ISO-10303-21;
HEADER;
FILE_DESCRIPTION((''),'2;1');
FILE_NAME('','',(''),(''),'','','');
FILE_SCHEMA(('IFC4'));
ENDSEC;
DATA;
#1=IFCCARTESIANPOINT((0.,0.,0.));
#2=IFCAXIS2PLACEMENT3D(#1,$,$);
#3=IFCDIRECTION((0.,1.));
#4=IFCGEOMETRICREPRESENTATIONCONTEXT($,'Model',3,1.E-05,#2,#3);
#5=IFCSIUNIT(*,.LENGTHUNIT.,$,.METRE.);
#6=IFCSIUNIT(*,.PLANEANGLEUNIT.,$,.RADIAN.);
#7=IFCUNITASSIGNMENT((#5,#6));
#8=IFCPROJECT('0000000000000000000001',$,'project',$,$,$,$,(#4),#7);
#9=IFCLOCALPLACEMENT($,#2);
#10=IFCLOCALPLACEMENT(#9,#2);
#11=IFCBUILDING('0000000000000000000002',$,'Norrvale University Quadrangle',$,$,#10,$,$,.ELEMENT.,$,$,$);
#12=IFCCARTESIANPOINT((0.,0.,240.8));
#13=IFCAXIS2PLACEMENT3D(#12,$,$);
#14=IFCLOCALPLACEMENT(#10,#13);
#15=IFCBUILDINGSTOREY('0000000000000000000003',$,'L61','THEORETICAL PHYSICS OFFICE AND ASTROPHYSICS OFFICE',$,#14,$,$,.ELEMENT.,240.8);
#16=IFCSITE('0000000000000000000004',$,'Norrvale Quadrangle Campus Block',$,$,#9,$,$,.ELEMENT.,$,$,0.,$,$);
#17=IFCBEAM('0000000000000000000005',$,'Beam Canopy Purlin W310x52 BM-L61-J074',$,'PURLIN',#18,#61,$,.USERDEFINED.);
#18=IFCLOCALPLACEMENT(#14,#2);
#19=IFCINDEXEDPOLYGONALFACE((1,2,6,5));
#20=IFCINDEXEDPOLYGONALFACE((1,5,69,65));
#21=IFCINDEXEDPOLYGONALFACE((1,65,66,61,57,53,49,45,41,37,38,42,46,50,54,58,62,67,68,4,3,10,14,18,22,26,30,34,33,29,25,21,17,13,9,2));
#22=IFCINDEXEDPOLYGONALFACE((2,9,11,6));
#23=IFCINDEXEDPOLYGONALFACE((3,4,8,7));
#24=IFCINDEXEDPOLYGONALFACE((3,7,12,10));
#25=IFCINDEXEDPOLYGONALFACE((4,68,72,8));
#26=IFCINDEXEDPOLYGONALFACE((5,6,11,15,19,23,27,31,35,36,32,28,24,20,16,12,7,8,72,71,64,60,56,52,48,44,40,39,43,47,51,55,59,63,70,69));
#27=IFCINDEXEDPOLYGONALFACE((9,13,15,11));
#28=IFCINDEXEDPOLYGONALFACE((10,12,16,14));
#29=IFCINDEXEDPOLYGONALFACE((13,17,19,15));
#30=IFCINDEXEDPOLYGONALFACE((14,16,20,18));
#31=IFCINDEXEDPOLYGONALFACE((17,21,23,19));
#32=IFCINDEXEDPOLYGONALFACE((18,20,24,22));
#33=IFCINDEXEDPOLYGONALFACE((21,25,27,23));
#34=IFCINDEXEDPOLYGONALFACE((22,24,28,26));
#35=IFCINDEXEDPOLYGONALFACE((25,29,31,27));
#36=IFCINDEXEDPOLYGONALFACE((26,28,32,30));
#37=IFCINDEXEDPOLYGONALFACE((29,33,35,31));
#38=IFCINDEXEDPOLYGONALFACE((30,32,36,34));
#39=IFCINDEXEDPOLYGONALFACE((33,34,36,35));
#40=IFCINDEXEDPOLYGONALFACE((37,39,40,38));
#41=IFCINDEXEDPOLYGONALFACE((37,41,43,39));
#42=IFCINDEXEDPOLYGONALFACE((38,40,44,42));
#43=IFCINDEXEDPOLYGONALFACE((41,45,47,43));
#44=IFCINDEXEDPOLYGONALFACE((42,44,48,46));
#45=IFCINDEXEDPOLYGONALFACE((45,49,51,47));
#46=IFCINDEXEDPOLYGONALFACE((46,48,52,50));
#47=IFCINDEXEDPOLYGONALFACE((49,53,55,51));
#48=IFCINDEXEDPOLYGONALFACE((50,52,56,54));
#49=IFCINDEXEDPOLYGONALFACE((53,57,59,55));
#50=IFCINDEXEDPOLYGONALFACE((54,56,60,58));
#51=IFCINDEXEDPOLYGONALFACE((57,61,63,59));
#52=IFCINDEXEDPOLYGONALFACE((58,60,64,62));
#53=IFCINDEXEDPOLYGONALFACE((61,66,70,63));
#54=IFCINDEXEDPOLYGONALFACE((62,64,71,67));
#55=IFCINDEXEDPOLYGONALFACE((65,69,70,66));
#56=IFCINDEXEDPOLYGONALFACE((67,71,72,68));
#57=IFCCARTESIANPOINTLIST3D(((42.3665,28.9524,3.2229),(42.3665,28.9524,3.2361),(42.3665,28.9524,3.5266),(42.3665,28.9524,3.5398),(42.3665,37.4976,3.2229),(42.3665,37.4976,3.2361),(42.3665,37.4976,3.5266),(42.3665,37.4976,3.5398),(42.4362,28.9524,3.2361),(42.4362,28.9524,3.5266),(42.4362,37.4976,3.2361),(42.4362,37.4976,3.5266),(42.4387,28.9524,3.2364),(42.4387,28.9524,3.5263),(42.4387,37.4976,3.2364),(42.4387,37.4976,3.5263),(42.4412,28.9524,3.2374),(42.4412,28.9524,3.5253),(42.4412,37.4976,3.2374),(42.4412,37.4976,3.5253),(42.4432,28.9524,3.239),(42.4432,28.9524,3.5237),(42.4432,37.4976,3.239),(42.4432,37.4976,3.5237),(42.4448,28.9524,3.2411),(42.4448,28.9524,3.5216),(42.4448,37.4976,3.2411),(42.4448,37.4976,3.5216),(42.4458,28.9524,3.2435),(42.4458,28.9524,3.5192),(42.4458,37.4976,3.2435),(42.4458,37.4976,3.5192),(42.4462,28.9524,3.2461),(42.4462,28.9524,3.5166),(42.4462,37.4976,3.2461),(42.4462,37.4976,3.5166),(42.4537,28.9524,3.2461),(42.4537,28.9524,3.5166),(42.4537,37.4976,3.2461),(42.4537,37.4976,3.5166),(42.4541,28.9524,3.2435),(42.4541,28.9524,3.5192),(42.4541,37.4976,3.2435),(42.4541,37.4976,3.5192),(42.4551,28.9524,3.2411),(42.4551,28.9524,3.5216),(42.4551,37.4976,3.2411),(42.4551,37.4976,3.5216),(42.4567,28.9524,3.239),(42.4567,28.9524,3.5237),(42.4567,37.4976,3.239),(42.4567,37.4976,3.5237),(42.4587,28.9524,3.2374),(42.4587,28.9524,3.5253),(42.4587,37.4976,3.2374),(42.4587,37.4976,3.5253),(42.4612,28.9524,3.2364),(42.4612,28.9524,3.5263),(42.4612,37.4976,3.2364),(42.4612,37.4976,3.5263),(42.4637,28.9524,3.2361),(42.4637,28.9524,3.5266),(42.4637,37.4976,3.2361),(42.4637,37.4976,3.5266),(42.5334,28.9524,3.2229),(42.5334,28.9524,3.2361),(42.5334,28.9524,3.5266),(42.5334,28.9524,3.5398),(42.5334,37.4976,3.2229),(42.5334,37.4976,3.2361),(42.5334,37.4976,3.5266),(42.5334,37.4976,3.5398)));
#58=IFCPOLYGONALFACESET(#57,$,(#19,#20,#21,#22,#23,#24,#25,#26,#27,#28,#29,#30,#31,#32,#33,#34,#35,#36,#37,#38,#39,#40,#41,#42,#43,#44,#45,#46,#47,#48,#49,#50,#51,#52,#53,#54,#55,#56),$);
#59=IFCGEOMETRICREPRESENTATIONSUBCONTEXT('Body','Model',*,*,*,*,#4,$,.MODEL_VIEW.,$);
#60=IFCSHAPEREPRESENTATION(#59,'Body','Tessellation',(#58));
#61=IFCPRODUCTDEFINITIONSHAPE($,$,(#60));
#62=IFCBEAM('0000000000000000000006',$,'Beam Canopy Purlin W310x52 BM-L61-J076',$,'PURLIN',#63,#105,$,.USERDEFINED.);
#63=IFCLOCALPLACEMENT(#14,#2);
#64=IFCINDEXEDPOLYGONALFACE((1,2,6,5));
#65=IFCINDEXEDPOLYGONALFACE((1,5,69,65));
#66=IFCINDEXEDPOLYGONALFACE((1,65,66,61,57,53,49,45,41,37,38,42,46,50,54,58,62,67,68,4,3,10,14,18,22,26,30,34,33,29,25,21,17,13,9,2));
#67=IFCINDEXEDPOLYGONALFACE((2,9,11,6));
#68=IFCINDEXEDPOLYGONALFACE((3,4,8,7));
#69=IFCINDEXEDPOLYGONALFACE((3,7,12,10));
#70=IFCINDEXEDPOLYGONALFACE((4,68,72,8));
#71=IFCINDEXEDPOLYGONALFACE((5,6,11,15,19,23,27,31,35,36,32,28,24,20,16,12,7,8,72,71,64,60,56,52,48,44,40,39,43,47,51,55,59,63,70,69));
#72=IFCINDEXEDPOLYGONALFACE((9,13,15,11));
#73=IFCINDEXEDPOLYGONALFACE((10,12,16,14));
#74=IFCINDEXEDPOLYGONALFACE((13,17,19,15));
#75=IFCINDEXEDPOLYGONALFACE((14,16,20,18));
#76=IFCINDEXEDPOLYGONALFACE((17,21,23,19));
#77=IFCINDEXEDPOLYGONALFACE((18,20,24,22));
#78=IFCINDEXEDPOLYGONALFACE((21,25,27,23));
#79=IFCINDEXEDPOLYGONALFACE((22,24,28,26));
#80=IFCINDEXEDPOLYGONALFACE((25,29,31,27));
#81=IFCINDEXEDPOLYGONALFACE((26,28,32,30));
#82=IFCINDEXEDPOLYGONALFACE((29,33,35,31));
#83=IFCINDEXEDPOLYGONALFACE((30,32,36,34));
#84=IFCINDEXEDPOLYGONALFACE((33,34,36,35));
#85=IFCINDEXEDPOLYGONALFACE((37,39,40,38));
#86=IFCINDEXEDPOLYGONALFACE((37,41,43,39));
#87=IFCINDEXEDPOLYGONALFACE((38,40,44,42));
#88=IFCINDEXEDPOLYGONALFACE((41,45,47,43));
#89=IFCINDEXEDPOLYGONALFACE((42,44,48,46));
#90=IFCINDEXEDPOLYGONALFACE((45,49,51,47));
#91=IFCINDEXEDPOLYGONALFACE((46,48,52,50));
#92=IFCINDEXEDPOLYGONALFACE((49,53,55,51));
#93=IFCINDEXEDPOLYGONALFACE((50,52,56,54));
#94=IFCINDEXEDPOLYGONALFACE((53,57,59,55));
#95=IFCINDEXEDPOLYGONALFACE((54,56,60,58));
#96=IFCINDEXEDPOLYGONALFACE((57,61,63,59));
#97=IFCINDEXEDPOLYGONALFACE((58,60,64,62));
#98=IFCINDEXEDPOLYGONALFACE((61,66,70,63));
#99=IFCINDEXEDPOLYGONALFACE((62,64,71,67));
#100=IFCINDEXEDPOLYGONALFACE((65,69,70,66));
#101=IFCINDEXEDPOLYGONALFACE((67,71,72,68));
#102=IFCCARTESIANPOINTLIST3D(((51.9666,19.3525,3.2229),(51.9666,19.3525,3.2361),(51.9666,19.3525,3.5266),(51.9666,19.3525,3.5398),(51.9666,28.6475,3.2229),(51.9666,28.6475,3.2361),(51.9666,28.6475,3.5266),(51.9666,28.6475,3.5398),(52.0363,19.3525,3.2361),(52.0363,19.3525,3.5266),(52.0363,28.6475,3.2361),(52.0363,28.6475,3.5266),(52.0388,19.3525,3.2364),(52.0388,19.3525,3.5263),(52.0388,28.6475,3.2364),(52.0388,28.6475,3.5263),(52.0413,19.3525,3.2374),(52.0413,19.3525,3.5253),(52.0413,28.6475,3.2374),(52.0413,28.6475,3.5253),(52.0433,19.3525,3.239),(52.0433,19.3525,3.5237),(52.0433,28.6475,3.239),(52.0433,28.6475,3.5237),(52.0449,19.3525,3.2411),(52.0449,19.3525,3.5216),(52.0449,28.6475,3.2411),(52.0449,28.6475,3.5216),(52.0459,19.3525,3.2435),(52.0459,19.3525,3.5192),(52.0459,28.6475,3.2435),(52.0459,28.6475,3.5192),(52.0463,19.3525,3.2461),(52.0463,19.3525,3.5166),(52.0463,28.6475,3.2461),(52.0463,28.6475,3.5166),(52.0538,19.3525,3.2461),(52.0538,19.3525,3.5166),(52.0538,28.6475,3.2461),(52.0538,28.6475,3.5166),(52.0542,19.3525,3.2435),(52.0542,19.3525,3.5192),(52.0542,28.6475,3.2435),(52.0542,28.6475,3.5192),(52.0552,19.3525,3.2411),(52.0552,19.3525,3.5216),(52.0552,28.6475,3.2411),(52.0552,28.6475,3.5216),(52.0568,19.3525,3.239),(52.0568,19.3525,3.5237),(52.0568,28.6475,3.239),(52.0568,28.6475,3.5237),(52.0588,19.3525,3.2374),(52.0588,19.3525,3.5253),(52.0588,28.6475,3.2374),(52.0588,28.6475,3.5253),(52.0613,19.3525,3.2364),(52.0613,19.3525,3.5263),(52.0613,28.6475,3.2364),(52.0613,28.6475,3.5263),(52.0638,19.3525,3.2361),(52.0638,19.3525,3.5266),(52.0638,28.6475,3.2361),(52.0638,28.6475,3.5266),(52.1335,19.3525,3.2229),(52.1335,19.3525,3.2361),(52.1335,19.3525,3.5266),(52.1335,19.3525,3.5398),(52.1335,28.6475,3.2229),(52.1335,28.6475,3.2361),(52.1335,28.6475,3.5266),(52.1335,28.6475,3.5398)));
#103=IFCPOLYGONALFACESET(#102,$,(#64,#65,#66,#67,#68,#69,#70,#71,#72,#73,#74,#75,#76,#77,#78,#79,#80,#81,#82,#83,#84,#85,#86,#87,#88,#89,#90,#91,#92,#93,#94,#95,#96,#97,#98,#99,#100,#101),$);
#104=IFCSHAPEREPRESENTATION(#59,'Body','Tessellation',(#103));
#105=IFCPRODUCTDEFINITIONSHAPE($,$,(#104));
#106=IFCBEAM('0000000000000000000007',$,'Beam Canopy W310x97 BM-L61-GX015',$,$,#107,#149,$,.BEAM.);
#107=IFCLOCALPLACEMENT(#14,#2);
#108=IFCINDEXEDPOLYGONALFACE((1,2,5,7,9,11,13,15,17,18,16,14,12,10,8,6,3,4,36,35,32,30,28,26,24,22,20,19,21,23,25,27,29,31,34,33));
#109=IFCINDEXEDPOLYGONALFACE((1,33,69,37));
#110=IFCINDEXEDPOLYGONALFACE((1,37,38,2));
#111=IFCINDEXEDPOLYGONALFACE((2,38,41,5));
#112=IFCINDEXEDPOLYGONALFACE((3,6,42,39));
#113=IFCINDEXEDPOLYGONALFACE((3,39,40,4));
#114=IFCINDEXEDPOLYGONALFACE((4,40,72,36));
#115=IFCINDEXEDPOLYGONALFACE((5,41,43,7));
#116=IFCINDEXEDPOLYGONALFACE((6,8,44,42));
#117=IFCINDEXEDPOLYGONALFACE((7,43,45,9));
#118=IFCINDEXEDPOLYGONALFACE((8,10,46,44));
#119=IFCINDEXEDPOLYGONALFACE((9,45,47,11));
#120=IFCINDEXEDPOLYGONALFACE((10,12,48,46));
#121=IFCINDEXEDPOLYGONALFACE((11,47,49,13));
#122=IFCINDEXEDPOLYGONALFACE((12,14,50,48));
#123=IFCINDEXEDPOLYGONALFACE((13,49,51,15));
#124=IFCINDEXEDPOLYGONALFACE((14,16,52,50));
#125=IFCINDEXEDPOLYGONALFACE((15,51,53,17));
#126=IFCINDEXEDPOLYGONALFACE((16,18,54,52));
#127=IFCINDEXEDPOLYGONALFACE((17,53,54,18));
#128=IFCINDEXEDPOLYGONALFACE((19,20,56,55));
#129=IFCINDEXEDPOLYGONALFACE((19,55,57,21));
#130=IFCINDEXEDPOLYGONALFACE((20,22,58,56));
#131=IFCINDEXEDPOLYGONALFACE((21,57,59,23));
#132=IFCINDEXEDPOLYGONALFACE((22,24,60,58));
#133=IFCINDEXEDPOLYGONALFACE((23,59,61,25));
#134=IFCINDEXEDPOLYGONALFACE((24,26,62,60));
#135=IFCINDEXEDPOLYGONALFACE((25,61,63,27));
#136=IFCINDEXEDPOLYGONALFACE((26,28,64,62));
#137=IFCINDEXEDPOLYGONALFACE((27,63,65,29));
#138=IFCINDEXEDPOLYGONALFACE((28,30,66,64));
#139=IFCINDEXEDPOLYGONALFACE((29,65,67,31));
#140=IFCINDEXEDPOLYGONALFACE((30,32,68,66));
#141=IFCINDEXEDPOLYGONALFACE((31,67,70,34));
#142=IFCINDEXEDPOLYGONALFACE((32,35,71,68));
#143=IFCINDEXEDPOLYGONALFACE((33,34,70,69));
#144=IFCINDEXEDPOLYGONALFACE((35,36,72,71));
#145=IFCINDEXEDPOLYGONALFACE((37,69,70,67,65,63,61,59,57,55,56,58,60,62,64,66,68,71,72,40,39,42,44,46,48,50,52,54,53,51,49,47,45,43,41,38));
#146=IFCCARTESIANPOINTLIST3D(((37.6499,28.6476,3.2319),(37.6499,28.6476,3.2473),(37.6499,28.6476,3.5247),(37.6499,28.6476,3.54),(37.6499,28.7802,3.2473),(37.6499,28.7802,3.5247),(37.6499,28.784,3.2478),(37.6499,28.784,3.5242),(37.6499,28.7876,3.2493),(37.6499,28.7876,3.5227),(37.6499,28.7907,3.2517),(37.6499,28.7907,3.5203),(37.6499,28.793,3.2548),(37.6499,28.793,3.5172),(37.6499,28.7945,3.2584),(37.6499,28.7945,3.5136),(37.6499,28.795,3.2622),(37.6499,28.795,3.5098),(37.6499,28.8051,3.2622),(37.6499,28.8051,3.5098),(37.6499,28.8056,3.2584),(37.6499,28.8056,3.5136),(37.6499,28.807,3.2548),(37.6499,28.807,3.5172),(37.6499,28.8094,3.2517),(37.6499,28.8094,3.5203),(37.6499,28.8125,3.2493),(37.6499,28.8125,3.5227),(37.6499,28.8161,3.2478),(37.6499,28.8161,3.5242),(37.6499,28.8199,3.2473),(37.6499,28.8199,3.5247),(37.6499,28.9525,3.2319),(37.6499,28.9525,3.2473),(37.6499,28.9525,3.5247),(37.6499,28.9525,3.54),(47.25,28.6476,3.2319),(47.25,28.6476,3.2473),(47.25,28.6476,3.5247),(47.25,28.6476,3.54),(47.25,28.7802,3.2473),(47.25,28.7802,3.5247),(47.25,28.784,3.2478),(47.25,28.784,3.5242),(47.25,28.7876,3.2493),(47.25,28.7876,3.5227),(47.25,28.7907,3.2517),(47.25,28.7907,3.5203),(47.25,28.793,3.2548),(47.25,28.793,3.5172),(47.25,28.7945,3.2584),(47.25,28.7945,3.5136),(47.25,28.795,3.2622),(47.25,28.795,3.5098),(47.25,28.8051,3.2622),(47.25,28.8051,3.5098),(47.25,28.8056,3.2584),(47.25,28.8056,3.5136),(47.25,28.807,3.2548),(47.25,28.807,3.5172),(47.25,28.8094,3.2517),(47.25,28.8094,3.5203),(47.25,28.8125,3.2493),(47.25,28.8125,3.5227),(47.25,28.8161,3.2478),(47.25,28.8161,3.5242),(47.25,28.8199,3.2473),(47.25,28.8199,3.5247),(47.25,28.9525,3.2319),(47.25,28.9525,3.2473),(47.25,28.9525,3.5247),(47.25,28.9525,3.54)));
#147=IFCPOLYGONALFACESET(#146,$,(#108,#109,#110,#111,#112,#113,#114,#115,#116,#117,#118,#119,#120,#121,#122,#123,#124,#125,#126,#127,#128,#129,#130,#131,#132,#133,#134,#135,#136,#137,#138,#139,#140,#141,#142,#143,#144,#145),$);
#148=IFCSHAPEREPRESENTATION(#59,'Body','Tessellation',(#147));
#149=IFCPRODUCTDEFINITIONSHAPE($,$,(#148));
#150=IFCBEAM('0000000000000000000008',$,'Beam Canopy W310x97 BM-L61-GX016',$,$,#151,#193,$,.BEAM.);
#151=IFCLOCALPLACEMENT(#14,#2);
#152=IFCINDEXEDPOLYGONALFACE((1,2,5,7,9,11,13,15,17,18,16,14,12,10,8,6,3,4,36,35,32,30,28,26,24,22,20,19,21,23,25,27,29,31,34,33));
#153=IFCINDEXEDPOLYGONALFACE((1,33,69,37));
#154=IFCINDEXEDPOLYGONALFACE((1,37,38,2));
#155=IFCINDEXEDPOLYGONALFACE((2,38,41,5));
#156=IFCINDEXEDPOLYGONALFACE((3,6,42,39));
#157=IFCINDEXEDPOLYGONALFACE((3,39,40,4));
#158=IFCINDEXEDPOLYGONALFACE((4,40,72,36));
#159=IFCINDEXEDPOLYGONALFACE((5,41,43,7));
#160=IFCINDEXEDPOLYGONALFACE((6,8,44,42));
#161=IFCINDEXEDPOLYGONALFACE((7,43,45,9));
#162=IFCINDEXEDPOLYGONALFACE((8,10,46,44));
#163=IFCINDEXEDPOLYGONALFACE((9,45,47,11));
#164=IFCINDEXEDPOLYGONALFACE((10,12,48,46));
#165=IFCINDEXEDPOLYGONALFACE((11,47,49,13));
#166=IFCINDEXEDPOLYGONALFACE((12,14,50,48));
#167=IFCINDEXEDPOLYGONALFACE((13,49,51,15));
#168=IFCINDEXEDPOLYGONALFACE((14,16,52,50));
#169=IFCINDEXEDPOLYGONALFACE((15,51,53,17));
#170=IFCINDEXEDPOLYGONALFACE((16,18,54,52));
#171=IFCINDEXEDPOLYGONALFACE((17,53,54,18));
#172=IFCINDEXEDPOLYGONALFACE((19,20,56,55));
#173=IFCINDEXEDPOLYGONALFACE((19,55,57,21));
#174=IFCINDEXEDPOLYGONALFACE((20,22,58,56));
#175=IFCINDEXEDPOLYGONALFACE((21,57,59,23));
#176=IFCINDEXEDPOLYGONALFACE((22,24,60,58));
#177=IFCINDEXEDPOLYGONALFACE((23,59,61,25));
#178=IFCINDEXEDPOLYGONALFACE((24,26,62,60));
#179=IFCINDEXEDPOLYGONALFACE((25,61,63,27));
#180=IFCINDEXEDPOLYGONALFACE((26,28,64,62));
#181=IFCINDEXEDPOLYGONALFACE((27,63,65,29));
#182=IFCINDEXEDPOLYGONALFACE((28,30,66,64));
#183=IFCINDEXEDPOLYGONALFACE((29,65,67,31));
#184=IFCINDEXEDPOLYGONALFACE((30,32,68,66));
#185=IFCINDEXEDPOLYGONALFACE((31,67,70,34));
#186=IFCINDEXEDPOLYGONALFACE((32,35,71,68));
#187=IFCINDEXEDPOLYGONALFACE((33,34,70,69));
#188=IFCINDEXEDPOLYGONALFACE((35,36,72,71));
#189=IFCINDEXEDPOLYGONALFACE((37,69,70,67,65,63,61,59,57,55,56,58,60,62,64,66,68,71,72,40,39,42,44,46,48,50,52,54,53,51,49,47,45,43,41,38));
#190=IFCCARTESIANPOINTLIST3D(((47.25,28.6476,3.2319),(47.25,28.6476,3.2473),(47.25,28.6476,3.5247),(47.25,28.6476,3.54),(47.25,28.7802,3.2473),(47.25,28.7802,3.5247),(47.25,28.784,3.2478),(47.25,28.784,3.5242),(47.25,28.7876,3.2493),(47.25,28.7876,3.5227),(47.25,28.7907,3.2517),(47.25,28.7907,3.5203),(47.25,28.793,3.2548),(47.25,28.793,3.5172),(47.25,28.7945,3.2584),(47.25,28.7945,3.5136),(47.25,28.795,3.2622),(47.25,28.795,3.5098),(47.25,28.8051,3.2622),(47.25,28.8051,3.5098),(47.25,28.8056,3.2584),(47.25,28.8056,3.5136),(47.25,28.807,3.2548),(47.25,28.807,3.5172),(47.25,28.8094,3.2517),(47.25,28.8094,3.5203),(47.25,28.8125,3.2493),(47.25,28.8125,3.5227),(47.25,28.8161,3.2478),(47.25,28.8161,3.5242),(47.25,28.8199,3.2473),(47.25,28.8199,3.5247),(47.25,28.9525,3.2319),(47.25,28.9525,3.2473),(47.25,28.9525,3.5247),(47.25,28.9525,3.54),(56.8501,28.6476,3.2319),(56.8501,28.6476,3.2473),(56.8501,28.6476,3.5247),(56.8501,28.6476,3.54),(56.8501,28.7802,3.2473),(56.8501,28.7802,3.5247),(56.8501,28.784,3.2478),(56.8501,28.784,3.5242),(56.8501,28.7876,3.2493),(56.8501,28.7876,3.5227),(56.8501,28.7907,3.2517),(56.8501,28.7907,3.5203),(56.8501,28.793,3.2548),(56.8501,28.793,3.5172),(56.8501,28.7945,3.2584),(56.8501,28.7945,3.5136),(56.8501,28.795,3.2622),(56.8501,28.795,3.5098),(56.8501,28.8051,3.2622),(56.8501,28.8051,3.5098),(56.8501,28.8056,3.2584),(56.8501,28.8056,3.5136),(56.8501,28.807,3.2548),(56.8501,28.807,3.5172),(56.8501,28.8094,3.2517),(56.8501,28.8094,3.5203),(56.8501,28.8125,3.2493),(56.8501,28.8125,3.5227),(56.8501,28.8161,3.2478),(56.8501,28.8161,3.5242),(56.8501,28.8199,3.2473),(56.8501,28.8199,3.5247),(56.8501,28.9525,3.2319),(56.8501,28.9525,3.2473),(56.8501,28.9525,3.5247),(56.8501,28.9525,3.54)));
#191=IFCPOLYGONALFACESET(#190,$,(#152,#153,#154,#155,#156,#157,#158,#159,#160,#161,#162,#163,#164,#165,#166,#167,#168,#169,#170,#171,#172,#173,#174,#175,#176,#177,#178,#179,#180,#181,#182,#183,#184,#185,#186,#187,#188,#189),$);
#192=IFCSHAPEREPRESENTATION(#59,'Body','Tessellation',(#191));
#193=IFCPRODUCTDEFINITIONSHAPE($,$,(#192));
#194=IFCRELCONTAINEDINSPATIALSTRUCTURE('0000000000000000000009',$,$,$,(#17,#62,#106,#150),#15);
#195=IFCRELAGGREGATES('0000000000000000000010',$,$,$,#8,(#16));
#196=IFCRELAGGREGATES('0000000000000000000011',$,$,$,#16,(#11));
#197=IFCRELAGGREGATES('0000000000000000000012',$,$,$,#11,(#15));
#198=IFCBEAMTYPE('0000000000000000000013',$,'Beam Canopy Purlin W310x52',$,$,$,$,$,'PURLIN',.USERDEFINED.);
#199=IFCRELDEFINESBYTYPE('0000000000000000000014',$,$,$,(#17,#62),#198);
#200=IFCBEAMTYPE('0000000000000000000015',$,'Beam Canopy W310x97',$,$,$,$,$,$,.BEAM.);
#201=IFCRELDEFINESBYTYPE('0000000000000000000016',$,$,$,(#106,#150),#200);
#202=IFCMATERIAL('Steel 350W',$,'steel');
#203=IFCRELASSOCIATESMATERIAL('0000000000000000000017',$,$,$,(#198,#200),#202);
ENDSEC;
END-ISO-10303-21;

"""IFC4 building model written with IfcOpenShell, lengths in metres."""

from ifc_helpers import new_model, si_unit, direction, frame, origin, origin_2d, place, context, subcontext, project, spatial, i_section, extrude, material, material_profile, profile_set, type_object, element, save


model = new_model("IFC4")

# Units and contexts
model_context = context("Model", 3, precision=1e-05, world=origin(), true_north=direction((0.0, 1.0)))
body_context = subcontext(model_context, "Body", "Model", "MODEL_VIEW")
ifc_project = project(units=[si_unit("LENGTHUNIT", "METRE"), si_unit("PLANEANGLEUNIT", "RADIAN")], contexts=[model_context])

# Site, building, storey
site_placement = place(None, origin())
site = spatial("IfcSite", under=ifc_project, at=site_placement, Name="Norrvale Quadrangle Campus Block", CompositionType="ELEMENT", RefElevation=0.0)
building_placement = place(site_placement, origin())
building = spatial("IfcBuilding", under=site, at=building_placement, Name="Norrvale University Quadrangle", CompositionType="ELEMENT")
storey_placement = place(building_placement, frame((0.0, 0.0, 240.8)))
storey = spatial("IfcBuildingStorey", under=building, at=storey_placement, Name="L61", Description="THEORETICAL PHYSICS OFFICE AND ASTROPHYSICS OFFICE", CompositionType="ELEMENT", Elevation=240.8)

# Beams
ifc_material_1 = material(Name="Steel 350W", Category="steel")
ifc_material_profile_1 = material_profile(ifc_material_1, i_section(OverallWidth=0.167, OverallDepth=0.3169, WebThickness=0.0076, FlangeThickness=0.0132, FilletRadius=0.01, at=origin_2d()), Name="Steel 350W")
ifc_profile_set_1 = profile_set([ifc_material_profile_1], Name="Steel 350W")
beam_type_1 = type_object("IfcBeamType", Name="Beam Canopy Purlin W310x52", ElementType="PURLIN", PredefinedType="USERDEFINED", material=ifc_profile_set_1)
beam_1_placement = place(storey_placement, frame((42.45, 28.9524, 3.3813), z_axis=(0.0, 1.0, 0.0), x_axis=(-1.0, 0.0, 0.0)))
element("IfcBeam", 1, at=beam_1_placement, inside=storey, type_object=beam_type_1, Name="Beam Canopy Purlin W310x52 BM-L61-J074", ObjectType="PURLIN", PredefinedType="USERDEFINED", context=body_context, shape_type="SweptSolid", body=[
    extrude(i_section(OverallWidth=0.167, OverallDepth=0.3169, WebThickness=0.0076, FlangeThickness=0.0132, FilletRadius=0.01, at=origin_2d()), origin(), (0.0, 0.0, 1.0), 8.5452),
])
beam_2_placement = place(storey_placement, frame((52.05, 19.3525, 3.3813), z_axis=(0.0, 1.0, 0.0), x_axis=(-1.0, 0.0, 0.0)))
element("IfcBeam", 2, at=beam_2_placement, inside=storey, type_object=beam_type_1, Name="Beam Canopy Purlin W310x52 BM-L61-J076", ObjectType="PURLIN", PredefinedType="USERDEFINED", context=body_context, shape_type="SweptSolid", body=[
    extrude(i_section(OverallWidth=0.167, OverallDepth=0.3169, WebThickness=0.0076, FlangeThickness=0.0132, FilletRadius=0.01, at=origin_2d()), origin(), (0.0, 0.0, 1.0), 9.2949),
])
ifc_material_profile_2 = material_profile(ifc_material_1, i_section(OverallWidth=0.3049, OverallDepth=0.3081, WebThickness=0.01, FlangeThickness=0.0154, FilletRadius=0.0149, at=origin_2d()), Name="Steel 350W")
ifc_profile_set_2 = profile_set([ifc_material_profile_2], Name="Steel 350W")
beam_type_2 = type_object("IfcBeamType", Name="Beam Canopy W310x97", PredefinedType="BEAM", material=ifc_profile_set_2)
for number, where, z_axis, x_axis, name in (
    (3, (37.6499, 28.8, 3.386), (1.0, 0.0, 0.0), (0.0, 1.0, 0.0), "Beam Canopy W310x97 BM-L61-GX015"),
    (4, (47.25, 28.8, 3.386), (1.0, 0.0, 0.0), (0.0, 1.0, 0.0), "Beam Canopy W310x97 BM-L61-GX016"),
):
    element("IfcBeam", number, at=place(storey_placement, frame(where, z_axis=z_axis, x_axis=x_axis)), inside=storey, type_object=beam_type_2, Name=name, PredefinedType="BEAM", context=body_context, shape_type="SweptSolid", body=[
        extrude(i_section(OverallWidth=0.3049, OverallDepth=0.3081, WebThickness=0.01, FlangeThickness=0.0154, FilletRadius=0.0149, at=origin_2d()), origin(), (0.0, 0.0, 1.0), 9.6001),
    ])

save(model, "model.ifc")
